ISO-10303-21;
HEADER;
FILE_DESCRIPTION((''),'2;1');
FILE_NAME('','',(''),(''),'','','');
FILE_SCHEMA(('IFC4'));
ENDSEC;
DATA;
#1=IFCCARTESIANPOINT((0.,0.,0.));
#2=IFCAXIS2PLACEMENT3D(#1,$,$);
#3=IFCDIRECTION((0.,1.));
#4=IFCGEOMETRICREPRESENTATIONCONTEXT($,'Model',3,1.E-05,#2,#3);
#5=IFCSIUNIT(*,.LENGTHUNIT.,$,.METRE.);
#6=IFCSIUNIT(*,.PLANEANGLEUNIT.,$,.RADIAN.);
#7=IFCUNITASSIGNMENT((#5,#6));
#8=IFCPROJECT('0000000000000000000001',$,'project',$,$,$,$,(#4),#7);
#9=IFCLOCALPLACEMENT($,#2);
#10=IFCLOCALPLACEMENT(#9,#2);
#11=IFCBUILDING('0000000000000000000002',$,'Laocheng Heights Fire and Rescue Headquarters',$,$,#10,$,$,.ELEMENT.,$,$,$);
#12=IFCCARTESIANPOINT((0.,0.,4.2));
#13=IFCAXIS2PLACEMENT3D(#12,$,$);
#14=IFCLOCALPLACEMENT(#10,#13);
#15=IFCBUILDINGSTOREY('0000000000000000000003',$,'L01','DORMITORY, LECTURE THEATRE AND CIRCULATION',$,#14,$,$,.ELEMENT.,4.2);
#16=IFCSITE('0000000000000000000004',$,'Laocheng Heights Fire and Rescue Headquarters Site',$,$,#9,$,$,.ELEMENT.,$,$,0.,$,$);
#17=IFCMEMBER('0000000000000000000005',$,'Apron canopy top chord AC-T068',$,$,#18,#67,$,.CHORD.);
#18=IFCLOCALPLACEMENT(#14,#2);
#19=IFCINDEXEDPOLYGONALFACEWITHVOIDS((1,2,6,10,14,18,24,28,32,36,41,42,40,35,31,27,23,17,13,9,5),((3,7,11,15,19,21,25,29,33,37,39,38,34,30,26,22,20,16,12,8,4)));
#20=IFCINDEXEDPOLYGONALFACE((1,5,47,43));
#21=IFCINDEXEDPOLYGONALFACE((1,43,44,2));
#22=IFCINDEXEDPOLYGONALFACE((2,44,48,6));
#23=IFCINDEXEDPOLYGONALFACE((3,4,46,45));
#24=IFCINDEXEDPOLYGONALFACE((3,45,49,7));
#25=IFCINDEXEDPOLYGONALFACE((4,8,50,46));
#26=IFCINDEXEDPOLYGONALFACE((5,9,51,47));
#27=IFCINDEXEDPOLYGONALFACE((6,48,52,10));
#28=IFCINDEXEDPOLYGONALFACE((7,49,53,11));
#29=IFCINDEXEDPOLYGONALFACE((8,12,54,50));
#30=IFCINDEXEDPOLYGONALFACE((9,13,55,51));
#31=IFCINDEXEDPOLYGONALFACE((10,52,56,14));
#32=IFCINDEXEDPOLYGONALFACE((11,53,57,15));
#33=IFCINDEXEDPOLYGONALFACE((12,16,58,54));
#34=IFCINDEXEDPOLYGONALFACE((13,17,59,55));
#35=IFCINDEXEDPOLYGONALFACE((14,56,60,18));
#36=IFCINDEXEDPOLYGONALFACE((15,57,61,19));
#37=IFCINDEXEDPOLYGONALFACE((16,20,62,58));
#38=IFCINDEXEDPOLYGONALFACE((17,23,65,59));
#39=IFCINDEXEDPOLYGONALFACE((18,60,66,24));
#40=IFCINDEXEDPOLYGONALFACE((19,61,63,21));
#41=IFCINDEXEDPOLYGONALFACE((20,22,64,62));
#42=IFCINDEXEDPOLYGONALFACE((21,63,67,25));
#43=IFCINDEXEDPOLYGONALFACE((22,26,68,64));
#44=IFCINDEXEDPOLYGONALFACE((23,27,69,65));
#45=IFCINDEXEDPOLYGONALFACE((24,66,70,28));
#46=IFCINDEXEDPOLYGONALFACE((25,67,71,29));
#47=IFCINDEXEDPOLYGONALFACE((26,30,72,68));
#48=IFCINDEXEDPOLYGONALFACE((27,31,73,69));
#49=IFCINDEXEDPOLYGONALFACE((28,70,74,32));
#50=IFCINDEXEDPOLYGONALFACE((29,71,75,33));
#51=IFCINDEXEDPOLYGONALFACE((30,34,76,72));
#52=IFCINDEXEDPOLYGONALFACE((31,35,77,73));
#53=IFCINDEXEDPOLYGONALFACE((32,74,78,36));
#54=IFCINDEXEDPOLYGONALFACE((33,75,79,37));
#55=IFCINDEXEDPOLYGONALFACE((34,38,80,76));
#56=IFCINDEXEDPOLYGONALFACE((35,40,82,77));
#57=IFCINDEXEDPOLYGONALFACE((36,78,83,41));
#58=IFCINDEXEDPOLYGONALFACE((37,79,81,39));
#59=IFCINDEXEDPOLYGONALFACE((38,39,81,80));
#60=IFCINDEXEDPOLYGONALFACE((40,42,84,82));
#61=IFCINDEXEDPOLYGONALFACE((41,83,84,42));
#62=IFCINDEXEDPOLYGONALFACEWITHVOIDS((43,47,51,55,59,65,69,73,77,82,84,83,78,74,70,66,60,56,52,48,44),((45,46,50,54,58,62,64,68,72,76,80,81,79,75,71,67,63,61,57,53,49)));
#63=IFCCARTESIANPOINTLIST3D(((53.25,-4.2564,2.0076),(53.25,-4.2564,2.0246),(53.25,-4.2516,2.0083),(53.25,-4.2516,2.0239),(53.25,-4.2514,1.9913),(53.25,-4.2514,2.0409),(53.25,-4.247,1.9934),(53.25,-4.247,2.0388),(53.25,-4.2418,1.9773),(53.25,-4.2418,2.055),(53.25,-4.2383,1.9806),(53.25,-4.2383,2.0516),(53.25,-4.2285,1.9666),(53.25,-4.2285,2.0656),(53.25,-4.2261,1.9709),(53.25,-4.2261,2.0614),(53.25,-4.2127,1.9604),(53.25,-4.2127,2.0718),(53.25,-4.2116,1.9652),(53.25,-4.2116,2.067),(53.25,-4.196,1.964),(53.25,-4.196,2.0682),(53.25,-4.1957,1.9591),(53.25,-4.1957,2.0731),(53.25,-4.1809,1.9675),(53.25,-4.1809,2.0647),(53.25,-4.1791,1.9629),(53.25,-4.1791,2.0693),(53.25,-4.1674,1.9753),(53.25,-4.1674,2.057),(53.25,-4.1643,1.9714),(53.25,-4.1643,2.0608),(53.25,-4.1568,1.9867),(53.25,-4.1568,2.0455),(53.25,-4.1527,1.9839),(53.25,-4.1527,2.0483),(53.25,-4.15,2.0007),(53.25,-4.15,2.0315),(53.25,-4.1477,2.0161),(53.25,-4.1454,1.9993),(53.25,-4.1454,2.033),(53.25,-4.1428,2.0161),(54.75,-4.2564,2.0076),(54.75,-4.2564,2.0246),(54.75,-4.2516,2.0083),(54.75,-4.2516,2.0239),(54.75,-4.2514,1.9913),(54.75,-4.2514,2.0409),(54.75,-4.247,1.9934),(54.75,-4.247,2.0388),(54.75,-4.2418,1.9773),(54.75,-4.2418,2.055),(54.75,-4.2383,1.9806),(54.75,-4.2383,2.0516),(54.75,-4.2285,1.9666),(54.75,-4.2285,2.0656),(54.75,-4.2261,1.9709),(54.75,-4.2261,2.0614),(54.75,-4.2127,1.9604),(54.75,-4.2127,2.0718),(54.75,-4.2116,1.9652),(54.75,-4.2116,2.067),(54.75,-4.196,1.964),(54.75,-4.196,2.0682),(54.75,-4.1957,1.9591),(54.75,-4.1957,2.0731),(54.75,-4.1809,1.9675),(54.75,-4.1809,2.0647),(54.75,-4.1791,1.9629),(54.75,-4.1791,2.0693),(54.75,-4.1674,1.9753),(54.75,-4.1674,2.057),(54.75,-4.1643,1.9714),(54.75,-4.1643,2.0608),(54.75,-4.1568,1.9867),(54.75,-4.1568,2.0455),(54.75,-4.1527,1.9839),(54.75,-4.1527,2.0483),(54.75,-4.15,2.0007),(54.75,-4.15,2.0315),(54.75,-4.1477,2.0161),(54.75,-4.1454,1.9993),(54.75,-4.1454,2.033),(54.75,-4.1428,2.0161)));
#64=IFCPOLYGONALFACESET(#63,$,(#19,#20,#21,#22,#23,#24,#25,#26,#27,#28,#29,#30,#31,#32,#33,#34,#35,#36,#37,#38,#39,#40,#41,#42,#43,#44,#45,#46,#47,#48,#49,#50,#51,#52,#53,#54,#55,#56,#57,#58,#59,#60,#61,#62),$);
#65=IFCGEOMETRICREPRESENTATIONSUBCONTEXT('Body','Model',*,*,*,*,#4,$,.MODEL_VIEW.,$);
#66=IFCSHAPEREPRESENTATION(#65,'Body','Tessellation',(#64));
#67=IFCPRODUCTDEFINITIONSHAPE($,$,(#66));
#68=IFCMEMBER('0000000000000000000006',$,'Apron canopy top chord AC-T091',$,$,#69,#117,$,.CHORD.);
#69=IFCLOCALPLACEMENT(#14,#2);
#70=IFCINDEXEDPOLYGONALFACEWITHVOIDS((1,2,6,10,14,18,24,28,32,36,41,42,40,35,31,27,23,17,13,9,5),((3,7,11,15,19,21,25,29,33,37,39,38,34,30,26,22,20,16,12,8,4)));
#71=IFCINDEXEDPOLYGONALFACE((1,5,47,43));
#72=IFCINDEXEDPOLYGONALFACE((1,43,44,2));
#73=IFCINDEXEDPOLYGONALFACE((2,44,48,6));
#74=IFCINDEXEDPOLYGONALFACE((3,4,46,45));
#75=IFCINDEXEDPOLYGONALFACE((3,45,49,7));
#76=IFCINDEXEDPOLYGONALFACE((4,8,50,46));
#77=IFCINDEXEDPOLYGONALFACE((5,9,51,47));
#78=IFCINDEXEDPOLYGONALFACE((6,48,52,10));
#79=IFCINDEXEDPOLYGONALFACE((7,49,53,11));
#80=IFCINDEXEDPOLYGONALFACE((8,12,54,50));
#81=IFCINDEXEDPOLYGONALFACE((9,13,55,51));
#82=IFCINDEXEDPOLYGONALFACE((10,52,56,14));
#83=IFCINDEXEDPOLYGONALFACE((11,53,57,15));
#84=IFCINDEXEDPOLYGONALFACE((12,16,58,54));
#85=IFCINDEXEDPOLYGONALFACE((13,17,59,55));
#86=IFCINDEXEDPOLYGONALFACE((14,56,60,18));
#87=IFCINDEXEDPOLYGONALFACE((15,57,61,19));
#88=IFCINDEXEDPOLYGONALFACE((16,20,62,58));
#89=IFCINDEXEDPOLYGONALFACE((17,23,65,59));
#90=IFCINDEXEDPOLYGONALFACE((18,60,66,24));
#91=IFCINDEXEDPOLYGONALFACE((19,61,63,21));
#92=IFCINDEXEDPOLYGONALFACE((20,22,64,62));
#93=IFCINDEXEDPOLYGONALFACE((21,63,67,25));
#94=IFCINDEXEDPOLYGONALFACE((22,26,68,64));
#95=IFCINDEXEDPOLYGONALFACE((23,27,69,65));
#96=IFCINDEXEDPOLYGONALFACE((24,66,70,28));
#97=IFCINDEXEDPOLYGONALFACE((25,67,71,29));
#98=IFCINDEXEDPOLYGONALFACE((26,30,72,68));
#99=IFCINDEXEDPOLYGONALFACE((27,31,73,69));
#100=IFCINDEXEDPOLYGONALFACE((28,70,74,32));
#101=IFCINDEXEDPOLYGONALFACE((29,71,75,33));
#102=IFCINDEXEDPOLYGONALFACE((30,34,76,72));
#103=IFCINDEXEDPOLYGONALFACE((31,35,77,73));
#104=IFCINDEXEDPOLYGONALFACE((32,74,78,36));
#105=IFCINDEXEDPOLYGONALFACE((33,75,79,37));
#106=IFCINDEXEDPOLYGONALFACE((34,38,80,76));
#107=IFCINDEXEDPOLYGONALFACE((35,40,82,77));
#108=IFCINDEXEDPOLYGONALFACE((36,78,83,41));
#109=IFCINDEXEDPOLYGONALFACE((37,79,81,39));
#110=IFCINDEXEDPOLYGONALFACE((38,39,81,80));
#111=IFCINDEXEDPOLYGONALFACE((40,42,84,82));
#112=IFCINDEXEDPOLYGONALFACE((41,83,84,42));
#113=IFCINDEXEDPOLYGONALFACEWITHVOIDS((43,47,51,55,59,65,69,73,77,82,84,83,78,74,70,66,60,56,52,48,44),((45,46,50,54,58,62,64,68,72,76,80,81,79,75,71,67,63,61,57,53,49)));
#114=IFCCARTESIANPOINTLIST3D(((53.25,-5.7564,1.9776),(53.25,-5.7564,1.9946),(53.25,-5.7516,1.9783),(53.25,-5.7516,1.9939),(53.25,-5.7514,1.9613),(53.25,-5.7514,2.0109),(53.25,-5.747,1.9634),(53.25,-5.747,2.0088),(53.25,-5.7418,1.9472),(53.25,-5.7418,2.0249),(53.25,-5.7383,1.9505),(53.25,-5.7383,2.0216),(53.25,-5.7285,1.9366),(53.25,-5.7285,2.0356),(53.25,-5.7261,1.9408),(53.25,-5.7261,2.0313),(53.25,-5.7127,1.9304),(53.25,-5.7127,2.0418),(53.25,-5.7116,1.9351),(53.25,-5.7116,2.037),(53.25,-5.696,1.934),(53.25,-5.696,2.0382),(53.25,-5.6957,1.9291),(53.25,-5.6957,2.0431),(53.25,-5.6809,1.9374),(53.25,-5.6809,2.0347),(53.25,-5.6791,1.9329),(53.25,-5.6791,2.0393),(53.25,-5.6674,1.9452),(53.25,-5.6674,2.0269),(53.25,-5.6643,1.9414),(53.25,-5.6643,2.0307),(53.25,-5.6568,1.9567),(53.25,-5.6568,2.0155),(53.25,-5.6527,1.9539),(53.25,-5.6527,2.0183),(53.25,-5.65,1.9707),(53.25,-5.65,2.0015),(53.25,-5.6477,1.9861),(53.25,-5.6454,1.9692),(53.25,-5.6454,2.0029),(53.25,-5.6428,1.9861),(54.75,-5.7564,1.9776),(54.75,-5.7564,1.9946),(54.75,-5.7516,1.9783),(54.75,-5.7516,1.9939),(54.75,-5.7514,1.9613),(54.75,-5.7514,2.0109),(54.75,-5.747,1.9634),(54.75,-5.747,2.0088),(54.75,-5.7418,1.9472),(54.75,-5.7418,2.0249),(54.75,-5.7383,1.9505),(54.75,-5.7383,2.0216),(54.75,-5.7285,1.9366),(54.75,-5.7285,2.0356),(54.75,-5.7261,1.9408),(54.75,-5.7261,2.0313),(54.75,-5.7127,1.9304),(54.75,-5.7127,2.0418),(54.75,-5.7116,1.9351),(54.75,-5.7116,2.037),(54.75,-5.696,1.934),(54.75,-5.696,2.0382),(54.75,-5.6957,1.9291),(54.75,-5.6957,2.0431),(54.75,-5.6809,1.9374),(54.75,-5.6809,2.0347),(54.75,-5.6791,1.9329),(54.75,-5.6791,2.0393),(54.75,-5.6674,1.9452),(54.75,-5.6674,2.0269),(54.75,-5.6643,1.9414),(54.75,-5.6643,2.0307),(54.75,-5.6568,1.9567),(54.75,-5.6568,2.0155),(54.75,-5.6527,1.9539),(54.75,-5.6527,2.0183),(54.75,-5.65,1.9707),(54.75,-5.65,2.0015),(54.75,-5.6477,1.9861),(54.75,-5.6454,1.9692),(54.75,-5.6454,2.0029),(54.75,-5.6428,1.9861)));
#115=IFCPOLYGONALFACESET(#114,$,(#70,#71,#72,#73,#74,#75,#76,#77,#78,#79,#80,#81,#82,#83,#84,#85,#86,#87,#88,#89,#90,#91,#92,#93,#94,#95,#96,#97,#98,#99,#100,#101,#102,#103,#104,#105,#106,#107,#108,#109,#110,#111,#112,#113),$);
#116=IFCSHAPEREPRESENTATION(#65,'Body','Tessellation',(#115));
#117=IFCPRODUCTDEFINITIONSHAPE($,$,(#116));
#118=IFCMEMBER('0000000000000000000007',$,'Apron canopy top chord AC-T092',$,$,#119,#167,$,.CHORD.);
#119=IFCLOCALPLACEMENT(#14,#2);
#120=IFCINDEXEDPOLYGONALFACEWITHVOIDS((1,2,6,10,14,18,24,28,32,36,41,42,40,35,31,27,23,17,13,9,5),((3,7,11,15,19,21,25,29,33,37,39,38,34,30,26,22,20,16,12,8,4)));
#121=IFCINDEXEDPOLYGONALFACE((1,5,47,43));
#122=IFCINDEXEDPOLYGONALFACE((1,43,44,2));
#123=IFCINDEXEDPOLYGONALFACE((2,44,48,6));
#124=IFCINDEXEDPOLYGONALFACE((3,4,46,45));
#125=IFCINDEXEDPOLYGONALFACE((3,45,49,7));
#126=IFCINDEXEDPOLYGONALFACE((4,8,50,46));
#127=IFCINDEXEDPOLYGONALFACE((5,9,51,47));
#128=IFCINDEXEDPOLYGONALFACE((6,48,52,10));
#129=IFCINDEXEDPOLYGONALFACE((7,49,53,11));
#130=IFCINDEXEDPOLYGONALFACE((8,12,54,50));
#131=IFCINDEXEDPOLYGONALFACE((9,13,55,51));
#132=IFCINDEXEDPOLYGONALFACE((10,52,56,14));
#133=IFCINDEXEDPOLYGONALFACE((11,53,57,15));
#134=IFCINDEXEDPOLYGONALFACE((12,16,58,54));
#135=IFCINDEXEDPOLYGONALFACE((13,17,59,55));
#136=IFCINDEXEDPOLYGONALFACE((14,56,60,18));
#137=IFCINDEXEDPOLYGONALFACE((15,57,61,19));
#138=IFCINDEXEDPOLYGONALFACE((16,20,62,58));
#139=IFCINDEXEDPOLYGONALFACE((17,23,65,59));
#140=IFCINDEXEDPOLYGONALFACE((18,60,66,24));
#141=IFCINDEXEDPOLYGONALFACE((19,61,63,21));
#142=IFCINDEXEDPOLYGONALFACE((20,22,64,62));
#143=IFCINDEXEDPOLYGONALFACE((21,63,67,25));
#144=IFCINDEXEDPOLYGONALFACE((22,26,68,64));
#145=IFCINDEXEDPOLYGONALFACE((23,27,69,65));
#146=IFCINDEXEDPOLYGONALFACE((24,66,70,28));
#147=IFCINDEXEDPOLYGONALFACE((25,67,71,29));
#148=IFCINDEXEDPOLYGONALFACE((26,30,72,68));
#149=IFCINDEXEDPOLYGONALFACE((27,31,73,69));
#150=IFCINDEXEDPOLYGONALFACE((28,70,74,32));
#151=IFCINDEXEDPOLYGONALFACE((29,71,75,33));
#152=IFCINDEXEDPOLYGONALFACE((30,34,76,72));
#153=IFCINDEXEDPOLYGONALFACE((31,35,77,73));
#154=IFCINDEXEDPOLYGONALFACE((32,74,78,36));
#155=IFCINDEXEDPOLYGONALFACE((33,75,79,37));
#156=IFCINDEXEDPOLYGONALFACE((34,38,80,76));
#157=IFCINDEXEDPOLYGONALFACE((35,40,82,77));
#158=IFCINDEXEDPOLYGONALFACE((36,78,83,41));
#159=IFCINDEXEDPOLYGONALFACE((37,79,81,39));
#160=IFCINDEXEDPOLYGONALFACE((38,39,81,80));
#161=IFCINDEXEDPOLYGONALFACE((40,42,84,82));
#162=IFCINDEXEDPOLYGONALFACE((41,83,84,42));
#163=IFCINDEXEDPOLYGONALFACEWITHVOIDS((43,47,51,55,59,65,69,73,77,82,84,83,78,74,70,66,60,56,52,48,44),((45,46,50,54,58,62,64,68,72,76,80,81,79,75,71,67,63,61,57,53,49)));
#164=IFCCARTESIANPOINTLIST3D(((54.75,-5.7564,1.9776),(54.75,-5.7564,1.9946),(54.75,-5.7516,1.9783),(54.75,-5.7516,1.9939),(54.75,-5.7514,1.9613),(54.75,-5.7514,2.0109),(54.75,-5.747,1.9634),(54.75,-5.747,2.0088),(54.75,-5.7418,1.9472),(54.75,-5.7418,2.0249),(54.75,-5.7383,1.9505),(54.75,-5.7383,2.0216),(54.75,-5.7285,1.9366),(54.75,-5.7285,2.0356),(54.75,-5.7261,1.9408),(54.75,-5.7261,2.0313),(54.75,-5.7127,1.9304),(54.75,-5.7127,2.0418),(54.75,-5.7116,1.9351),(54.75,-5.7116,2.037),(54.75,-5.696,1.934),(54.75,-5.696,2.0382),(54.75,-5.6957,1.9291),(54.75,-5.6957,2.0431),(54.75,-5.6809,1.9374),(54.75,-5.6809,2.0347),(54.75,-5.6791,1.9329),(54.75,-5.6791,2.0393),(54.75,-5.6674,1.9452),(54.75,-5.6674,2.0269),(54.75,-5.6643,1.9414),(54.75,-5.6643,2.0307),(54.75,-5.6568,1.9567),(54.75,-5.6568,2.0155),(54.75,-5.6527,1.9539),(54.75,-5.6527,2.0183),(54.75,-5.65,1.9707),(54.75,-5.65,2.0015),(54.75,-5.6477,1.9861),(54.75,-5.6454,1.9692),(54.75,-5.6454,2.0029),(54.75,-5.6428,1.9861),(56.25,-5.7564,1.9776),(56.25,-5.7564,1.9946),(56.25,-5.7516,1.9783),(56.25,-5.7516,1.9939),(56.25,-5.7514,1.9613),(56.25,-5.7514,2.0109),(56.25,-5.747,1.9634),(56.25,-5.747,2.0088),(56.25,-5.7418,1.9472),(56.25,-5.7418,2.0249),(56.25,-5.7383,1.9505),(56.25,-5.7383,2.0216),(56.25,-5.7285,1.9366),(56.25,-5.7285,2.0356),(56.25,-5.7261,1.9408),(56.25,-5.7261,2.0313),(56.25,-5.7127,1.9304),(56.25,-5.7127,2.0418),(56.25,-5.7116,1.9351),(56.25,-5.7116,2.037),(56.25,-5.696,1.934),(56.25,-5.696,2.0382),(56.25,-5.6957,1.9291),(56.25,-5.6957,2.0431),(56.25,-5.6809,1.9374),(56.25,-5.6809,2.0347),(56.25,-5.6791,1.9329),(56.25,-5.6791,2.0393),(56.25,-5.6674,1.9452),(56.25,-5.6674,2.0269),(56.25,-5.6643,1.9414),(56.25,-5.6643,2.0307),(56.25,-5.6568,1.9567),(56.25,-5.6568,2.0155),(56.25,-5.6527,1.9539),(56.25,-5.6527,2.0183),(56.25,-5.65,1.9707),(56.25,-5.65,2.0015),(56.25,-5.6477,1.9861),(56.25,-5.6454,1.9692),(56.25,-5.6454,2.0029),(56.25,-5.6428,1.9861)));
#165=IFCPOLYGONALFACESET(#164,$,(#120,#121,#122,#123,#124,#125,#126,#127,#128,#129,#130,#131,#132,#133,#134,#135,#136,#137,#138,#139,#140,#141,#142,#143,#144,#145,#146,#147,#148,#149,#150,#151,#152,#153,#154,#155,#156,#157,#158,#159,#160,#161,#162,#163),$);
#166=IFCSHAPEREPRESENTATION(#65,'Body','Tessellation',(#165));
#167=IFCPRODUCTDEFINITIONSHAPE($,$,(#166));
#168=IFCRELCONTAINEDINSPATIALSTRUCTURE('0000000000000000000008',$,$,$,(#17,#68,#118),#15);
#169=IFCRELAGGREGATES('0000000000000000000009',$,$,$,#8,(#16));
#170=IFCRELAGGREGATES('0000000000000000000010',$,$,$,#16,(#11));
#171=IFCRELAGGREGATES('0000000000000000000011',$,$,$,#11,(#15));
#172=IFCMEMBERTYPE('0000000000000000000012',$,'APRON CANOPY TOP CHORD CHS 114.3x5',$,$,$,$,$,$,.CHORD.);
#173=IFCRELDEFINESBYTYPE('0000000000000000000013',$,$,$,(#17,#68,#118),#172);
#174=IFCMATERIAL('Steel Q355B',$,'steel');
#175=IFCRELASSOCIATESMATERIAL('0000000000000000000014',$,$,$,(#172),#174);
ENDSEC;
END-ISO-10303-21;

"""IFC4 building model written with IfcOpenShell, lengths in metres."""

from ifc_helpers import new_model, si_unit, direction, frame, origin, origin_2d, place, context, subcontext, project, spatial, hollow_circle, extrude, material, material_profile, profile_set, type_object, element, save


model = new_model("IFC4")

# Units and contexts
model_context = context("Model", 3, precision=1e-05, world=origin(), true_north=direction((0.0, 1.0)))
body_context = subcontext(model_context, "Body", "Model", "MODEL_VIEW")
ifc_project = project(units=[si_unit("LENGTHUNIT", "METRE"), si_unit("PLANEANGLEUNIT", "RADIAN")], contexts=[model_context])

# Site, building, storey
site_placement = place(None, origin())
site = spatial("IfcSite", under=ifc_project, at=site_placement, Name="Laocheng Heights Fire and Rescue Headquarters Site", CompositionType="ELEMENT", RefElevation=0.0)
building_placement = place(site_placement, origin())
building = spatial("IfcBuilding", under=site, at=building_placement, Name="Laocheng Heights Fire and Rescue Headquarters", CompositionType="ELEMENT")
storey_placement = place(building_placement, frame((0.0, 0.0, 4.2)))
storey = spatial("IfcBuildingStorey", under=building, at=storey_placement, Name="L01", Description="DORMITORY, LECTURE THEATRE AND CIRCULATION", CompositionType="ELEMENT", Elevation=4.2)

# Members
ifc_material_1 = material(Name="Steel Q355B", Category="steel")
ifc_material_profile_1 = material_profile(ifc_material_1, hollow_circle(Radius=0.0571, WallThickness=0.0049, at=origin_2d()), Name="CHS 114.3x5")
ifc_profile_set_1 = profile_set([ifc_material_profile_1], Name="Steel Q355B")
member_type_1 = type_object("IfcMemberType", Name="APRON CANOPY TOP CHORD CHS 114.3x5", PredefinedType="CHORD", material=ifc_profile_set_1)
for number, where, z_axis, x_axis, name in (
    (1, (53.25, -4.2, 2.0161), (1.0, 0.0, 0.0), (0.0, 1.0, 0.0), "Apron canopy top chord AC-T068"),
    (2, (53.25, -5.7, 1.9861), (1.0, 0.0, 0.0), (0.0, 1.0, 0.0), "Apron canopy top chord AC-T091"),
    (3, (54.75, -5.7, 1.9861), (1.0, 0.0, 0.0), (0.0, 1.0, 0.0), "Apron canopy top chord AC-T092"),
):
    element("IfcMember", number, at=place(storey_placement, frame(where, z_axis=z_axis, x_axis=x_axis)), inside=storey, type_object=member_type_1, Name=name, PredefinedType="CHORD", context=body_context, shape_type="SweptSolid", body=[
        extrude(hollow_circle(Radius=0.0571, WallThickness=0.0049, at=origin_2d()), origin(), (0.0, 0.0, 1.0), 1.5),
    ])

save(model, "model.ifc")
